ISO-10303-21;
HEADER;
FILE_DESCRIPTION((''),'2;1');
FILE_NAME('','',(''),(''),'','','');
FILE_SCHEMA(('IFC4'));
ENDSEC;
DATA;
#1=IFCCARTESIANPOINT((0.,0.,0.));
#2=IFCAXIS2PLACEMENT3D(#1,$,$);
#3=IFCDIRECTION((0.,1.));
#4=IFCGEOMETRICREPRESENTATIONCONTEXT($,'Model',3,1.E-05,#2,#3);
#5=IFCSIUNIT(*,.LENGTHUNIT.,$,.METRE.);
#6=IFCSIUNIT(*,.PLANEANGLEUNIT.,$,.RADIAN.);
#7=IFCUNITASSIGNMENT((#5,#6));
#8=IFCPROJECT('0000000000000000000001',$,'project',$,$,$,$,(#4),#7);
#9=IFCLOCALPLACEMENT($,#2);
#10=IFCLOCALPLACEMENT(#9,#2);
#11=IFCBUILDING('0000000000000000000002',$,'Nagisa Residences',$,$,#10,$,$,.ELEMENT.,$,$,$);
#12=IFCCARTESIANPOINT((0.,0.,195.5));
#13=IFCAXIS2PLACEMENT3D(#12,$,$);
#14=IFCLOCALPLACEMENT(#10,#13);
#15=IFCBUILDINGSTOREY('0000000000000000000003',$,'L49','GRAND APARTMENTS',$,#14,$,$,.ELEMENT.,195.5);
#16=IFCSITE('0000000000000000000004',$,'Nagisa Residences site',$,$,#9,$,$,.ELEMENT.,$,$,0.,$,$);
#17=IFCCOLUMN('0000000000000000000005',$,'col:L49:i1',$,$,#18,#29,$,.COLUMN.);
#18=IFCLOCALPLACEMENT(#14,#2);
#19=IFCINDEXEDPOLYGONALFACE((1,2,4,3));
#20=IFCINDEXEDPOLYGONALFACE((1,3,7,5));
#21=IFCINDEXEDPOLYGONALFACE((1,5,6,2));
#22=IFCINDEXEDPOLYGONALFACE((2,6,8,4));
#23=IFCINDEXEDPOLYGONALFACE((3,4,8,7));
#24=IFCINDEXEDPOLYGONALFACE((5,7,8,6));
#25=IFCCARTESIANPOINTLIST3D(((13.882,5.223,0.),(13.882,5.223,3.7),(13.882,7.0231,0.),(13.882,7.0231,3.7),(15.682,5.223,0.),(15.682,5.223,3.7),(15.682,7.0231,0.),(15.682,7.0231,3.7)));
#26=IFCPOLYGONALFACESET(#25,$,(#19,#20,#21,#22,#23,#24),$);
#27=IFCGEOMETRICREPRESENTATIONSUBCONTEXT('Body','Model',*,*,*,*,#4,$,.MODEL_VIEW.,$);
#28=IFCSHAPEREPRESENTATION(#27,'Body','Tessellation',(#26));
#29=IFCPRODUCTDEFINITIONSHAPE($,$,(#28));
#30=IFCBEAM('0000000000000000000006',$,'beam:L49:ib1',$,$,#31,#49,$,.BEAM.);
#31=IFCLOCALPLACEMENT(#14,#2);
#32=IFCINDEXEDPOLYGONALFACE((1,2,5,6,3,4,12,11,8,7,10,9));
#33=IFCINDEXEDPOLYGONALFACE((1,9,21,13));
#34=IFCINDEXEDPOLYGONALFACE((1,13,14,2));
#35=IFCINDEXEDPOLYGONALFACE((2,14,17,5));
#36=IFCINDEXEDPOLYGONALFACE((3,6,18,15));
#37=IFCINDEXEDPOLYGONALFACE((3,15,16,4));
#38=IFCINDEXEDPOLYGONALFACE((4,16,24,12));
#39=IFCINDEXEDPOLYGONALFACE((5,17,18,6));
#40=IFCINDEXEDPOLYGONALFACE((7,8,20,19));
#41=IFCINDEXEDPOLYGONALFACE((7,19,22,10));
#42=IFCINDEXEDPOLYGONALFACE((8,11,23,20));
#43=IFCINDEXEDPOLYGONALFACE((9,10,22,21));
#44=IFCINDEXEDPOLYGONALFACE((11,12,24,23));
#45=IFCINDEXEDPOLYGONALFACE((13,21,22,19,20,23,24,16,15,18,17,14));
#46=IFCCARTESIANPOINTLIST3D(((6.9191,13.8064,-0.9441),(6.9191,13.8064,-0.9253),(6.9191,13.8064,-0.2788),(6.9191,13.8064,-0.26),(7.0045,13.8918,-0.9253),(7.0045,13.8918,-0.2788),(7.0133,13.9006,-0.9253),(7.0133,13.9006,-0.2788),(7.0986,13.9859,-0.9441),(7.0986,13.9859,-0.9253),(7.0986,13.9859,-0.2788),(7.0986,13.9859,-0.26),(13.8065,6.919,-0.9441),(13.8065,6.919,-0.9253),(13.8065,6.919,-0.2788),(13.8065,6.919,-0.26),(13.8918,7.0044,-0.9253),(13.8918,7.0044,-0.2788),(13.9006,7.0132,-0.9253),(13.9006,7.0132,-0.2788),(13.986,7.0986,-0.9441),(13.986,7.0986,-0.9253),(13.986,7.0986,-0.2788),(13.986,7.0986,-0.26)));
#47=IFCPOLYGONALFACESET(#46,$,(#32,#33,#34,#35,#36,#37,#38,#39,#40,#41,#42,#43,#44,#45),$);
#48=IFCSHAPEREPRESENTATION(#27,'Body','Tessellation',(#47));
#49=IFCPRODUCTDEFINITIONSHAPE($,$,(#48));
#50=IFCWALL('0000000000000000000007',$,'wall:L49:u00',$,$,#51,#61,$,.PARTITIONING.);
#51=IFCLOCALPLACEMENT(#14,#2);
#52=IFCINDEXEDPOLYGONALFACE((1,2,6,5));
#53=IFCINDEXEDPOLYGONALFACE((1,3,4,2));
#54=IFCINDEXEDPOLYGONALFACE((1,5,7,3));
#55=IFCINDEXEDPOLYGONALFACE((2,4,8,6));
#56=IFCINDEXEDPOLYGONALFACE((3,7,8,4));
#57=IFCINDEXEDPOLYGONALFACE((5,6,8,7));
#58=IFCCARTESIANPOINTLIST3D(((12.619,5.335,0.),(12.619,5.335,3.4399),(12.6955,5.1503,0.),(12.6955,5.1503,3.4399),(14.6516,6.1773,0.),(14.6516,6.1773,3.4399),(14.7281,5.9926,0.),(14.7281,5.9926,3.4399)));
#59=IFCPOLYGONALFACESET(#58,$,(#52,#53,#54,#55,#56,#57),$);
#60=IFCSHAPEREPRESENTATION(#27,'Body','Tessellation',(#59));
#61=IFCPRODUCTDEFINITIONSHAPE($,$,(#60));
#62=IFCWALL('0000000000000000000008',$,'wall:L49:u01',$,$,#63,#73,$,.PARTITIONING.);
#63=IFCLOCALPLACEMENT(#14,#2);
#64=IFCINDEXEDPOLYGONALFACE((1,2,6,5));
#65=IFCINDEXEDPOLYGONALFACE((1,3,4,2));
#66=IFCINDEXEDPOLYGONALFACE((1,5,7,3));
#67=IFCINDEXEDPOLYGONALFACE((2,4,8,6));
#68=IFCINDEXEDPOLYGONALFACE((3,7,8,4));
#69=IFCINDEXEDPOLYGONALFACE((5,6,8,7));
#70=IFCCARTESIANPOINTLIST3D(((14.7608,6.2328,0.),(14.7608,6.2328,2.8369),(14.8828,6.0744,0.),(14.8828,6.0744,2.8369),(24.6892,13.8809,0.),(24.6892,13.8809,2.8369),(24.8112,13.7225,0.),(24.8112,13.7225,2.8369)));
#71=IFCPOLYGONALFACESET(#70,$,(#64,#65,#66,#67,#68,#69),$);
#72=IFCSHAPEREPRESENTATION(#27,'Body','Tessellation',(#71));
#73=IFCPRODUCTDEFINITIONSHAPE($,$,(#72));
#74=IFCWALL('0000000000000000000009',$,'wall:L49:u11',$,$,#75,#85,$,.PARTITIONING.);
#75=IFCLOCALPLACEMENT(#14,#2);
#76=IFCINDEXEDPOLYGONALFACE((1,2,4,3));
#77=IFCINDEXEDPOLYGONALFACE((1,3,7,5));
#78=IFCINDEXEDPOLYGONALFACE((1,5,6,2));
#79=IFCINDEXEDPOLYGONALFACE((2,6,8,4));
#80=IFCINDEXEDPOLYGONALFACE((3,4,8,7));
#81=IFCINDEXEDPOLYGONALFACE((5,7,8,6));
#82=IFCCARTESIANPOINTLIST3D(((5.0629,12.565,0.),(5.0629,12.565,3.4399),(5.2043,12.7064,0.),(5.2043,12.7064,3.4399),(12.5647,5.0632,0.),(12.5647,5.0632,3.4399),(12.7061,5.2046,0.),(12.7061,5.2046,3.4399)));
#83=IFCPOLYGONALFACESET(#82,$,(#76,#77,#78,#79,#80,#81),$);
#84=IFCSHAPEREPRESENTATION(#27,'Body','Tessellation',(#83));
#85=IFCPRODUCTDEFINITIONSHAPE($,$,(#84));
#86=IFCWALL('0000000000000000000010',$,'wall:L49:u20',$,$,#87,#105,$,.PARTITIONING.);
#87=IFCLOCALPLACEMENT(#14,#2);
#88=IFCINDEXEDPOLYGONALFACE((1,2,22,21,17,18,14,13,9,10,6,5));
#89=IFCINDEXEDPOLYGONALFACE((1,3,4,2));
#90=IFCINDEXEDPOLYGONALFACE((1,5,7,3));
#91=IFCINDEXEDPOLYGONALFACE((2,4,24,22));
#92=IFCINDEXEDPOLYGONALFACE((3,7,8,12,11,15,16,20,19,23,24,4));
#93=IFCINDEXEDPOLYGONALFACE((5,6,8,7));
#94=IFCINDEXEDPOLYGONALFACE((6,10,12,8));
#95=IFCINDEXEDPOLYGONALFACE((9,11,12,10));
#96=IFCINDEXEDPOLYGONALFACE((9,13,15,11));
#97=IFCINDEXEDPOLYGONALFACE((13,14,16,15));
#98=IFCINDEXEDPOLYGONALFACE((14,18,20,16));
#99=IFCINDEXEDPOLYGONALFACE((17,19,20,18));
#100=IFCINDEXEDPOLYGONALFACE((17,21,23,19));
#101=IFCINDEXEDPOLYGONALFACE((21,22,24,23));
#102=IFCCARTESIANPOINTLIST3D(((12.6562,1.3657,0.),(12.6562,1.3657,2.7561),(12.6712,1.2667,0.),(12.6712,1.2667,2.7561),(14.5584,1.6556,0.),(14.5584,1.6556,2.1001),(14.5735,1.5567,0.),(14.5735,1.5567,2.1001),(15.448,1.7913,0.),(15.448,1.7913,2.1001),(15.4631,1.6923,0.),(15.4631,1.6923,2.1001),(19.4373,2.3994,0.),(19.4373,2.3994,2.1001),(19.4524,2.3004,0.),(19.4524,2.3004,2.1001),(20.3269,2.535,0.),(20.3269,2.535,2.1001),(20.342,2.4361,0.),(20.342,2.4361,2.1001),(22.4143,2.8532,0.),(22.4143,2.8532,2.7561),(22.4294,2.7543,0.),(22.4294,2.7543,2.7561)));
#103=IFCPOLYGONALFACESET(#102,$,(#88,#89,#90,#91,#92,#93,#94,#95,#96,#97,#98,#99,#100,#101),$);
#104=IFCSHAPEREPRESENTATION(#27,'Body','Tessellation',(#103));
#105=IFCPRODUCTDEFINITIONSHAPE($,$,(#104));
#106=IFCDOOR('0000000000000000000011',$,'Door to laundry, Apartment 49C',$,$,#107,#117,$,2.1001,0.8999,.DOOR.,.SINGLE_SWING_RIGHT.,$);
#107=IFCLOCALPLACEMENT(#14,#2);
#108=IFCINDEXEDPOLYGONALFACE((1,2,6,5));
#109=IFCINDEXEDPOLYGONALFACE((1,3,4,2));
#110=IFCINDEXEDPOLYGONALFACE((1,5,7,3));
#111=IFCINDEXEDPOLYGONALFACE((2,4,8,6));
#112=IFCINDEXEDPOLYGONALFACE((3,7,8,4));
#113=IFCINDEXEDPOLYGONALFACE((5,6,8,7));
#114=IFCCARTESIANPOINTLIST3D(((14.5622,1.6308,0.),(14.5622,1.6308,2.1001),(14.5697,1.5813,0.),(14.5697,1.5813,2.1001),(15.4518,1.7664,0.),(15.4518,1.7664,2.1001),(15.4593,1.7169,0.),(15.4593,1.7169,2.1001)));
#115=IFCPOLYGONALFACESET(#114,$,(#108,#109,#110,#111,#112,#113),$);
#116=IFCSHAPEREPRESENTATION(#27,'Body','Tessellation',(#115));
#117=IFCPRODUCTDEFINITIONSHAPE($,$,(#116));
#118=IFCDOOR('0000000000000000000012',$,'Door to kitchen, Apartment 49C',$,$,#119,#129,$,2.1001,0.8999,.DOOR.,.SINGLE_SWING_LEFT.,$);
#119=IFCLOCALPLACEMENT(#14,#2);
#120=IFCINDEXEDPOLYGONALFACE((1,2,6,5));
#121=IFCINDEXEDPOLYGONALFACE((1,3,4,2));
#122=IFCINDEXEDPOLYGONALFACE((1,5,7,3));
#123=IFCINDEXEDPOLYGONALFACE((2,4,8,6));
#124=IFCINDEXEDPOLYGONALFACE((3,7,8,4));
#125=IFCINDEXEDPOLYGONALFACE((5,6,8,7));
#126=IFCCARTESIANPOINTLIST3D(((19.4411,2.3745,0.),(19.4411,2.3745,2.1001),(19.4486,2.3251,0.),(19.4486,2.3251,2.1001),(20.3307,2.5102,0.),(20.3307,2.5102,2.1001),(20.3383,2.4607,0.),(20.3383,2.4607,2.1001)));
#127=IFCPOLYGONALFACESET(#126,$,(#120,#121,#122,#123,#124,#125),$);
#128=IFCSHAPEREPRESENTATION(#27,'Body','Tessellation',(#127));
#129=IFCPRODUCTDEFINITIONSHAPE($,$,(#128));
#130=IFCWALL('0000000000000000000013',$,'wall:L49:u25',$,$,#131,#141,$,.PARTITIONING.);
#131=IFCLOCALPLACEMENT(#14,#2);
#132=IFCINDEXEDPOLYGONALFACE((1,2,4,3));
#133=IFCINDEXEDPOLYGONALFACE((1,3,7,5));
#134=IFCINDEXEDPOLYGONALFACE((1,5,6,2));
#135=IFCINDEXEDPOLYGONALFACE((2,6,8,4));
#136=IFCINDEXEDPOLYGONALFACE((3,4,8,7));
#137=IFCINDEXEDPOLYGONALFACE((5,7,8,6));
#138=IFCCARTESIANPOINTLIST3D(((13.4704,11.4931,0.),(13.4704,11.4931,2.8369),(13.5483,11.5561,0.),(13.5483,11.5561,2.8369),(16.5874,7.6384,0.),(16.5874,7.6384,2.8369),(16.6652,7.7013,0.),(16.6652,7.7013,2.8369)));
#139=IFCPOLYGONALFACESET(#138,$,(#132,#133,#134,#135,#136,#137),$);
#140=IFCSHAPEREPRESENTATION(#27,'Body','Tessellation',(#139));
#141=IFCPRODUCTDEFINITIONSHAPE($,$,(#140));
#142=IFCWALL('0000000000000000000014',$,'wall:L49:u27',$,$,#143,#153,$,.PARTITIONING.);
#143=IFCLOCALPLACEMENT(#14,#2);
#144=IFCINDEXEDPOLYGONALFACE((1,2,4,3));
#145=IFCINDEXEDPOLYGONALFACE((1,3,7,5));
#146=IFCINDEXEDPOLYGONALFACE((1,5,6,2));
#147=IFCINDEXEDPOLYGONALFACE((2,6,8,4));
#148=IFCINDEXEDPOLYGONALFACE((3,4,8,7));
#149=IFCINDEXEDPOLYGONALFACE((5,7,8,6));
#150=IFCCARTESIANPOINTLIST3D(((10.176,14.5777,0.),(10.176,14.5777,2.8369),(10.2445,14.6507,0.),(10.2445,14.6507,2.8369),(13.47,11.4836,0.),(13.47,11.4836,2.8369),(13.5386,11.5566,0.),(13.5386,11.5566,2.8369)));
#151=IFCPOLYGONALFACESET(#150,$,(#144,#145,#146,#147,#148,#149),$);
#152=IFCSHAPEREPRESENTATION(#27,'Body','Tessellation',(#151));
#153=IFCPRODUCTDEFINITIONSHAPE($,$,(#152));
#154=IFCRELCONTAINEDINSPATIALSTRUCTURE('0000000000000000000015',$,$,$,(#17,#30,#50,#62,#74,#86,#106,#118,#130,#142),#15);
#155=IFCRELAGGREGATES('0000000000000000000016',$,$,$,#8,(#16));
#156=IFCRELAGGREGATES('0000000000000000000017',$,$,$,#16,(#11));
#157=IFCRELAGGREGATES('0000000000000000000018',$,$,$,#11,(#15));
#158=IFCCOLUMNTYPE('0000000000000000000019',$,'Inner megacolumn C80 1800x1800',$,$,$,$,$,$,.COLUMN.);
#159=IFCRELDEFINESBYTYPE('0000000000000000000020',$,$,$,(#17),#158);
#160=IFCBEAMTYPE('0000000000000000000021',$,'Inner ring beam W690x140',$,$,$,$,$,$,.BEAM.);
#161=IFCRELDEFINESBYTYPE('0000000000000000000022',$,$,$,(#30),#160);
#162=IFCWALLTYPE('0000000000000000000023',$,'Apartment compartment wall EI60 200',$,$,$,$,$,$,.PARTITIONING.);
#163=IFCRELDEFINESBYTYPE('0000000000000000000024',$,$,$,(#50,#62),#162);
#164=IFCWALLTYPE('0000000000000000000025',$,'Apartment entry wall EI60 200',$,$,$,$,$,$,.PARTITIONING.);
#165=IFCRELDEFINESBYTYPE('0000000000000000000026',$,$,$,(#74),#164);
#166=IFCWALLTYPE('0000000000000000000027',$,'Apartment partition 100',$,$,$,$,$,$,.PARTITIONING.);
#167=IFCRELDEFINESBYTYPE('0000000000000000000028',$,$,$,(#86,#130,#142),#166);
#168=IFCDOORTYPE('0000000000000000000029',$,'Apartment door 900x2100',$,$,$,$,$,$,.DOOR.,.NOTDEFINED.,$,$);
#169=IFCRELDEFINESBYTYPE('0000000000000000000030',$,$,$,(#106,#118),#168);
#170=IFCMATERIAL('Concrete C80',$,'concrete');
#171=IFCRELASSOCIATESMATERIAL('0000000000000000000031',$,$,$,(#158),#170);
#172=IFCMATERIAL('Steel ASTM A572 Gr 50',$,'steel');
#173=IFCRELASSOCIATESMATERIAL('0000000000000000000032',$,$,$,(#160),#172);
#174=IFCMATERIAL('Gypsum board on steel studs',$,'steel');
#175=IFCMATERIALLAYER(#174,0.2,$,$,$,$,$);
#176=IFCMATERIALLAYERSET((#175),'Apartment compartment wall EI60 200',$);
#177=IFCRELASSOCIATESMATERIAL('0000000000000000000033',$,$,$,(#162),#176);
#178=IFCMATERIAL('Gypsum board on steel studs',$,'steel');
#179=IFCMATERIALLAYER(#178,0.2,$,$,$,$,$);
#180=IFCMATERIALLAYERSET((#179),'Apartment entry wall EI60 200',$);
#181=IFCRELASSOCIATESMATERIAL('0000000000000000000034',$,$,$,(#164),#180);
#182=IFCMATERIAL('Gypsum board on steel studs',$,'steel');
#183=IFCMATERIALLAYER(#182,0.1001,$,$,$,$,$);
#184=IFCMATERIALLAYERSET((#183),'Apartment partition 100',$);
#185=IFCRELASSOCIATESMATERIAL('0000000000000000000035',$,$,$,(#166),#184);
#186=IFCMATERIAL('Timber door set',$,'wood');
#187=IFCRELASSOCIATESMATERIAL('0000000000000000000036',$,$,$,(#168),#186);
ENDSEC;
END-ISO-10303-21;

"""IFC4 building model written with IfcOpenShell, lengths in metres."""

from ifc_helpers import new_model, si_unit, direction, frame, frame_2d, origin, origin_2d, place, context, subcontext, project, spatial, rectangle, i_section, extrude, material, layer, layer_set, material_profile, profile_set, type_object, element, fill, save


model = new_model("IFC4")

# Units and contexts
model_context = context("Model", 3, precision=1e-05, world=origin(), true_north=direction((0.0, 1.0)))
body_context = subcontext(model_context, "Body", "Model", "MODEL_VIEW")
ifc_project = project(units=[si_unit("LENGTHUNIT", "METRE"), si_unit("PLANEANGLEUNIT", "RADIAN")], contexts=[model_context])

# Site, building, storey
site_placement = place(None, origin())
site = spatial("IfcSite", under=ifc_project, at=site_placement, Name="Nagisa Residences site", CompositionType="ELEMENT", RefElevation=0.0)
building_placement = place(site_placement, origin())
building = spatial("IfcBuilding", under=site, at=building_placement, Name="Nagisa Residences", CompositionType="ELEMENT")
storey_placement = place(building_placement, frame((0.0, 0.0, 195.5)))
storey = spatial("IfcBuildingStorey", under=building, at=storey_placement, Name="L49", Description="GRAND APARTMENTS", CompositionType="ELEMENT", Elevation=195.5)

# Column
ifc_material_1 = material(Name="Concrete C80", Category="concrete")
ifc_material_profile_1 = material_profile(ifc_material_1, rectangle(XDim=1.8, YDim=1.8, at=origin_2d()), Name="C80 1800x1800")
ifc_profile_set_1 = profile_set([ifc_material_profile_1], Name="Concrete C80")
column_type = type_object("IfcColumnType", Name="Inner megacolumn C80 1800x1800", PredefinedType="COLUMN", material=ifc_profile_set_1)
column_placement = place(storey_placement, frame((14.782, 6.123, 0.0), z_axis=(0.0, 0.0, 1.0), x_axis=(1.0, 0.0, 0.0)))
element("IfcColumn", 1, at=column_placement, inside=storey, type_object=column_type, Name="col:L49:i1", PredefinedType="COLUMN", context=body_context, shape_type="SweptSolid", body=[
    extrude(rectangle(XDim=1.8, YDim=1.8, at=origin_2d()), origin(), (0.0, 0.0, 1.0), 3.7),
])

# Beam
ifc_material_2 = material(Name="Steel ASTM A572 Gr 50", Category="steel")
ifc_material_profile_2 = material_profile(ifc_material_2, i_section(OverallWidth=0.2539, OverallDepth=0.6841, WebThickness=0.0125, FlangeThickness=0.0188, at=origin_2d()), Name="W690x140")
ifc_profile_set_2 = profile_set([ifc_material_profile_2], Name="Steel ASTM A572 Gr 50")
beam_type = type_object("IfcBeamType", Name="Inner ring beam W690x140", PredefinedType="BEAM", material=ifc_profile_set_2)
beam_placement = place(storey_placement, frame((13.8962, 7.0088, -0.6021), z_axis=(-0.707107, 0.707107, 0.0), x_axis=(-0.707107, -0.707107, 0.0)))
element("IfcBeam", 2, at=beam_placement, inside=storey, type_object=beam_type, Name="beam:L49:ib1", PredefinedType="BEAM", context=body_context, shape_type="SweptSolid", body=[
    extrude(i_section(OverallWidth=0.2539, OverallDepth=0.6841, WebThickness=0.0125, FlangeThickness=0.0188, at=origin_2d()), origin(), (0.0, 0.0, 1.0), 9.7402),
])

# Walls
ifc_material_3 = material(Name="Gypsum board on steel studs", Category="steel")
ifc_layer_1 = layer(ifc_material_3, 0.2)
ifc_layer_set_1 = layer_set([ifc_layer_1], Name="Apartment compartment wall EI60 200")
wall_type_1 = type_object("IfcWallType", Name="Apartment compartment wall EI60 200", PredefinedType="PARTITIONING", material=ifc_layer_set_1)
wall_1_placement = place(storey_placement, frame((12.6572, 5.2427, 0.0), z_axis=(0.0, 0.0, 1.0), x_axis=(0.92383, 0.382803, 0.0)))
element("IfcWall", 3, at=wall_1_placement, inside=storey, type_object=wall_type_1, Name="wall:L49:u00", PredefinedType="PARTITIONING", context=body_context, shape_type="SweptSolid", body=[
    extrude(rectangle(XDim=2.2002, YDim=0.2, at=frame_2d((1.1001, 0.0))), origin(), (0.0, 0.0, 1.0), 3.4399),
])
wall_2_placement = place(storey_placement, frame((14.8218, 6.1536, 0.0), z_axis=(0.0, 0.0, 1.0), x_axis=(0.792203, 0.610258, 0.0)))
element("IfcWall", 4, at=wall_2_placement, inside=storey, type_object=wall_type_1, Name="wall:L49:u01", PredefinedType="PARTITIONING", context=body_context, shape_type="SweptSolid", body=[
    extrude(rectangle(XDim=12.5327, YDim=0.2, at=frame_2d((6.2664, 0.0))), origin(), (0.0, 0.0, 1.0), 2.8369),
])
ifc_material_4 = material(Name="Gypsum board on steel studs", Category="steel")
ifc_layer_2 = layer(ifc_material_4, 0.2)
ifc_layer_set_2 = layer_set([ifc_layer_2], Name="Apartment entry wall EI60 200")
wall_type_2 = type_object("IfcWallType", Name="Apartment entry wall EI60 200", PredefinedType="PARTITIONING", material=ifc_layer_set_2)
wall_3_placement = place(storey_placement, frame((12.6355, 5.1338, 0.0), z_axis=(0.0, 0.0, 1.0), x_axis=(-0.707107, 0.707107, 0.0)))
element("IfcWall", 5, at=wall_3_placement, inside=storey, type_object=wall_type_2, Name="wall:L49:u11", PredefinedType="PARTITIONING", context=body_context, shape_type="SweptSolid", body=[
    extrude(rectangle(XDim=10.6091, YDim=0.2, at=frame_2d((5.3047, 0.0))), origin(), (0.0, 0.0, 1.0), 3.4399),
])

# Wall, openings, doors
ifc_material_5 = material(Name="Gypsum board on steel studs", Category="steel")
ifc_layer_3 = layer(ifc_material_5, 0.1001)
ifc_layer_set_3 = layer_set([ifc_layer_3], Name="Apartment partition 100")
wall_type_3 = type_object("IfcWallType", Name="Apartment partition 100", PredefinedType="PARTITIONING", material=ifc_layer_set_3)
wall_4_placement = place(storey_placement, frame((12.6636, 1.3162, 0.0), z_axis=(0.0, 0.0, 1.0), x_axis=(0.988579, 0.150702, 0.0)))
wall_4 = element("IfcWall", 6, at=wall_4_placement, inside=storey, type_object=wall_type_3, Name="wall:L49:u20", PredefinedType="PARTITIONING", context=body_context, shape_type="SweptSolid", body=[
    extrude(rectangle(XDim=9.8708, YDim=0.1001, at=frame_2d((4.9355, 0.0))), origin(), (0.0, 0.0, 1.0), 2.7561),
])
opening_1_placement = place(wall_4_placement, frame((1.9243, 0.0, 0.0)))
opening_1 = element("IfcOpeningElement", 7, at=opening_1_placement, cuts=wall_4, PredefinedType="OPENING", context=body_context, shape_type="SweptSolid", body=[
    extrude(rectangle(XDim=0.8999, YDim=2.1001, at=frame_2d((0.45, 1.05))), frame((0.0, 0.0601, 0.0), z_axis=(0.0, -1.0, 0.0), x_axis=(1.0, 0.0, 0.0)), (0.0, 0.0, 1.0), 0.1201),
])
opening_2_placement = place(wall_4_placement, frame((6.8596, 0.0, 0.0)))
opening_2 = element("IfcOpeningElement", 8, at=opening_2_placement, cuts=wall_4, PredefinedType="OPENING", context=body_context, shape_type="SweptSolid", body=[
    extrude(rectangle(XDim=0.8999, YDim=2.1001, at=frame_2d((0.45, 1.05))), frame((0.0, 0.0601, 0.0), z_axis=(0.0, -1.0, 0.0), x_axis=(1.0, 0.0, 0.0)), (0.0, 0.0, 1.0), 0.1201),
])
ifc_material_6 = material(Name="Timber door set", Category="wood")
door_type_1 = type_object("IfcDoorType", Name="Apartment door 900x2100", OperationType="NOTDEFINED", PredefinedType="DOOR", material=ifc_material_6)
door_1_placement = place(opening_1_placement, origin())
door_1 = element("IfcDoor", 9, at=door_1_placement, inside=storey, type_object=door_type_1, Name="Door to laundry, Apartment 49C", OperationType="SINGLE_SWING_RIGHT", OverallHeight=2.1001, OverallWidth=0.8999, PredefinedType="DOOR", context=body_context, shape_type="SweptSolid", body=[
    extrude(rectangle(XDim=0.8999, YDim=2.1001, at=frame_2d((0.45, 1.05))), frame((0.0, 0.0249, 0.0), z_axis=(0.0, -1.0, 0.0), x_axis=(1.0, 0.0, 0.0)), (0.0, 0.0, 1.0), 0.05),
])
fill(opening_1, door_1)
door_2_placement = place(opening_2_placement, origin())
door_2 = element("IfcDoor", 10, at=door_2_placement, inside=storey, type_object=door_type_1, Name="Door to kitchen, Apartment 49C", OperationType="SINGLE_SWING_LEFT", OverallHeight=2.1001, OverallWidth=0.8999, PredefinedType="DOOR", context=body_context, shape_type="SweptSolid", body=[
    extrude(rectangle(XDim=0.8999, YDim=2.1001, at=frame_2d((0.45, 1.05))), frame((0.0, 0.0249, 0.0), z_axis=(0.0, -1.0, 0.0), x_axis=(1.0, 0.0, 0.0)), (0.0, 0.0, 1.0), 0.05),
])
fill(opening_2, door_2)

# Walls
wall_5_placement = place(storey_placement, frame((16.6262, 7.6699, 0.0), z_axis=(0.0, 0.0, 1.0), x_axis=(-0.628765, 0.777596, 0.0)))
element("IfcWall", 11, at=wall_5_placement, inside=storey, type_object=wall_type_3, Name="wall:L49:u25", PredefinedType="PARTITIONING", context=body_context, shape_type="SweptSolid", body=[
    extrude(rectangle(XDim=4.9573, YDim=0.1001, at=frame_2d((2.4785, 0.0))), origin(), (0.0, 0.0, 1.0), 2.8369),
])
wall_6_placement = place(storey_placement, frame((13.5044, 11.52, 0.0), z_axis=(0.0, 0.0, 1.0), x_axis=(-0.728883, 0.684638, 0.0)))
element("IfcWall", 12, at=wall_6_placement, inside=storey, type_object=wall_type_3, Name="wall:L49:u27", PredefinedType="PARTITIONING", context=body_context, shape_type="SweptSolid", body=[
    extrude(rectangle(XDim=4.5193, YDim=0.1001, at=frame_2d((2.2598, 0.0))), origin(), (0.0, 0.0, 1.0), 2.8369),
])

save(model, "model.ifc")
